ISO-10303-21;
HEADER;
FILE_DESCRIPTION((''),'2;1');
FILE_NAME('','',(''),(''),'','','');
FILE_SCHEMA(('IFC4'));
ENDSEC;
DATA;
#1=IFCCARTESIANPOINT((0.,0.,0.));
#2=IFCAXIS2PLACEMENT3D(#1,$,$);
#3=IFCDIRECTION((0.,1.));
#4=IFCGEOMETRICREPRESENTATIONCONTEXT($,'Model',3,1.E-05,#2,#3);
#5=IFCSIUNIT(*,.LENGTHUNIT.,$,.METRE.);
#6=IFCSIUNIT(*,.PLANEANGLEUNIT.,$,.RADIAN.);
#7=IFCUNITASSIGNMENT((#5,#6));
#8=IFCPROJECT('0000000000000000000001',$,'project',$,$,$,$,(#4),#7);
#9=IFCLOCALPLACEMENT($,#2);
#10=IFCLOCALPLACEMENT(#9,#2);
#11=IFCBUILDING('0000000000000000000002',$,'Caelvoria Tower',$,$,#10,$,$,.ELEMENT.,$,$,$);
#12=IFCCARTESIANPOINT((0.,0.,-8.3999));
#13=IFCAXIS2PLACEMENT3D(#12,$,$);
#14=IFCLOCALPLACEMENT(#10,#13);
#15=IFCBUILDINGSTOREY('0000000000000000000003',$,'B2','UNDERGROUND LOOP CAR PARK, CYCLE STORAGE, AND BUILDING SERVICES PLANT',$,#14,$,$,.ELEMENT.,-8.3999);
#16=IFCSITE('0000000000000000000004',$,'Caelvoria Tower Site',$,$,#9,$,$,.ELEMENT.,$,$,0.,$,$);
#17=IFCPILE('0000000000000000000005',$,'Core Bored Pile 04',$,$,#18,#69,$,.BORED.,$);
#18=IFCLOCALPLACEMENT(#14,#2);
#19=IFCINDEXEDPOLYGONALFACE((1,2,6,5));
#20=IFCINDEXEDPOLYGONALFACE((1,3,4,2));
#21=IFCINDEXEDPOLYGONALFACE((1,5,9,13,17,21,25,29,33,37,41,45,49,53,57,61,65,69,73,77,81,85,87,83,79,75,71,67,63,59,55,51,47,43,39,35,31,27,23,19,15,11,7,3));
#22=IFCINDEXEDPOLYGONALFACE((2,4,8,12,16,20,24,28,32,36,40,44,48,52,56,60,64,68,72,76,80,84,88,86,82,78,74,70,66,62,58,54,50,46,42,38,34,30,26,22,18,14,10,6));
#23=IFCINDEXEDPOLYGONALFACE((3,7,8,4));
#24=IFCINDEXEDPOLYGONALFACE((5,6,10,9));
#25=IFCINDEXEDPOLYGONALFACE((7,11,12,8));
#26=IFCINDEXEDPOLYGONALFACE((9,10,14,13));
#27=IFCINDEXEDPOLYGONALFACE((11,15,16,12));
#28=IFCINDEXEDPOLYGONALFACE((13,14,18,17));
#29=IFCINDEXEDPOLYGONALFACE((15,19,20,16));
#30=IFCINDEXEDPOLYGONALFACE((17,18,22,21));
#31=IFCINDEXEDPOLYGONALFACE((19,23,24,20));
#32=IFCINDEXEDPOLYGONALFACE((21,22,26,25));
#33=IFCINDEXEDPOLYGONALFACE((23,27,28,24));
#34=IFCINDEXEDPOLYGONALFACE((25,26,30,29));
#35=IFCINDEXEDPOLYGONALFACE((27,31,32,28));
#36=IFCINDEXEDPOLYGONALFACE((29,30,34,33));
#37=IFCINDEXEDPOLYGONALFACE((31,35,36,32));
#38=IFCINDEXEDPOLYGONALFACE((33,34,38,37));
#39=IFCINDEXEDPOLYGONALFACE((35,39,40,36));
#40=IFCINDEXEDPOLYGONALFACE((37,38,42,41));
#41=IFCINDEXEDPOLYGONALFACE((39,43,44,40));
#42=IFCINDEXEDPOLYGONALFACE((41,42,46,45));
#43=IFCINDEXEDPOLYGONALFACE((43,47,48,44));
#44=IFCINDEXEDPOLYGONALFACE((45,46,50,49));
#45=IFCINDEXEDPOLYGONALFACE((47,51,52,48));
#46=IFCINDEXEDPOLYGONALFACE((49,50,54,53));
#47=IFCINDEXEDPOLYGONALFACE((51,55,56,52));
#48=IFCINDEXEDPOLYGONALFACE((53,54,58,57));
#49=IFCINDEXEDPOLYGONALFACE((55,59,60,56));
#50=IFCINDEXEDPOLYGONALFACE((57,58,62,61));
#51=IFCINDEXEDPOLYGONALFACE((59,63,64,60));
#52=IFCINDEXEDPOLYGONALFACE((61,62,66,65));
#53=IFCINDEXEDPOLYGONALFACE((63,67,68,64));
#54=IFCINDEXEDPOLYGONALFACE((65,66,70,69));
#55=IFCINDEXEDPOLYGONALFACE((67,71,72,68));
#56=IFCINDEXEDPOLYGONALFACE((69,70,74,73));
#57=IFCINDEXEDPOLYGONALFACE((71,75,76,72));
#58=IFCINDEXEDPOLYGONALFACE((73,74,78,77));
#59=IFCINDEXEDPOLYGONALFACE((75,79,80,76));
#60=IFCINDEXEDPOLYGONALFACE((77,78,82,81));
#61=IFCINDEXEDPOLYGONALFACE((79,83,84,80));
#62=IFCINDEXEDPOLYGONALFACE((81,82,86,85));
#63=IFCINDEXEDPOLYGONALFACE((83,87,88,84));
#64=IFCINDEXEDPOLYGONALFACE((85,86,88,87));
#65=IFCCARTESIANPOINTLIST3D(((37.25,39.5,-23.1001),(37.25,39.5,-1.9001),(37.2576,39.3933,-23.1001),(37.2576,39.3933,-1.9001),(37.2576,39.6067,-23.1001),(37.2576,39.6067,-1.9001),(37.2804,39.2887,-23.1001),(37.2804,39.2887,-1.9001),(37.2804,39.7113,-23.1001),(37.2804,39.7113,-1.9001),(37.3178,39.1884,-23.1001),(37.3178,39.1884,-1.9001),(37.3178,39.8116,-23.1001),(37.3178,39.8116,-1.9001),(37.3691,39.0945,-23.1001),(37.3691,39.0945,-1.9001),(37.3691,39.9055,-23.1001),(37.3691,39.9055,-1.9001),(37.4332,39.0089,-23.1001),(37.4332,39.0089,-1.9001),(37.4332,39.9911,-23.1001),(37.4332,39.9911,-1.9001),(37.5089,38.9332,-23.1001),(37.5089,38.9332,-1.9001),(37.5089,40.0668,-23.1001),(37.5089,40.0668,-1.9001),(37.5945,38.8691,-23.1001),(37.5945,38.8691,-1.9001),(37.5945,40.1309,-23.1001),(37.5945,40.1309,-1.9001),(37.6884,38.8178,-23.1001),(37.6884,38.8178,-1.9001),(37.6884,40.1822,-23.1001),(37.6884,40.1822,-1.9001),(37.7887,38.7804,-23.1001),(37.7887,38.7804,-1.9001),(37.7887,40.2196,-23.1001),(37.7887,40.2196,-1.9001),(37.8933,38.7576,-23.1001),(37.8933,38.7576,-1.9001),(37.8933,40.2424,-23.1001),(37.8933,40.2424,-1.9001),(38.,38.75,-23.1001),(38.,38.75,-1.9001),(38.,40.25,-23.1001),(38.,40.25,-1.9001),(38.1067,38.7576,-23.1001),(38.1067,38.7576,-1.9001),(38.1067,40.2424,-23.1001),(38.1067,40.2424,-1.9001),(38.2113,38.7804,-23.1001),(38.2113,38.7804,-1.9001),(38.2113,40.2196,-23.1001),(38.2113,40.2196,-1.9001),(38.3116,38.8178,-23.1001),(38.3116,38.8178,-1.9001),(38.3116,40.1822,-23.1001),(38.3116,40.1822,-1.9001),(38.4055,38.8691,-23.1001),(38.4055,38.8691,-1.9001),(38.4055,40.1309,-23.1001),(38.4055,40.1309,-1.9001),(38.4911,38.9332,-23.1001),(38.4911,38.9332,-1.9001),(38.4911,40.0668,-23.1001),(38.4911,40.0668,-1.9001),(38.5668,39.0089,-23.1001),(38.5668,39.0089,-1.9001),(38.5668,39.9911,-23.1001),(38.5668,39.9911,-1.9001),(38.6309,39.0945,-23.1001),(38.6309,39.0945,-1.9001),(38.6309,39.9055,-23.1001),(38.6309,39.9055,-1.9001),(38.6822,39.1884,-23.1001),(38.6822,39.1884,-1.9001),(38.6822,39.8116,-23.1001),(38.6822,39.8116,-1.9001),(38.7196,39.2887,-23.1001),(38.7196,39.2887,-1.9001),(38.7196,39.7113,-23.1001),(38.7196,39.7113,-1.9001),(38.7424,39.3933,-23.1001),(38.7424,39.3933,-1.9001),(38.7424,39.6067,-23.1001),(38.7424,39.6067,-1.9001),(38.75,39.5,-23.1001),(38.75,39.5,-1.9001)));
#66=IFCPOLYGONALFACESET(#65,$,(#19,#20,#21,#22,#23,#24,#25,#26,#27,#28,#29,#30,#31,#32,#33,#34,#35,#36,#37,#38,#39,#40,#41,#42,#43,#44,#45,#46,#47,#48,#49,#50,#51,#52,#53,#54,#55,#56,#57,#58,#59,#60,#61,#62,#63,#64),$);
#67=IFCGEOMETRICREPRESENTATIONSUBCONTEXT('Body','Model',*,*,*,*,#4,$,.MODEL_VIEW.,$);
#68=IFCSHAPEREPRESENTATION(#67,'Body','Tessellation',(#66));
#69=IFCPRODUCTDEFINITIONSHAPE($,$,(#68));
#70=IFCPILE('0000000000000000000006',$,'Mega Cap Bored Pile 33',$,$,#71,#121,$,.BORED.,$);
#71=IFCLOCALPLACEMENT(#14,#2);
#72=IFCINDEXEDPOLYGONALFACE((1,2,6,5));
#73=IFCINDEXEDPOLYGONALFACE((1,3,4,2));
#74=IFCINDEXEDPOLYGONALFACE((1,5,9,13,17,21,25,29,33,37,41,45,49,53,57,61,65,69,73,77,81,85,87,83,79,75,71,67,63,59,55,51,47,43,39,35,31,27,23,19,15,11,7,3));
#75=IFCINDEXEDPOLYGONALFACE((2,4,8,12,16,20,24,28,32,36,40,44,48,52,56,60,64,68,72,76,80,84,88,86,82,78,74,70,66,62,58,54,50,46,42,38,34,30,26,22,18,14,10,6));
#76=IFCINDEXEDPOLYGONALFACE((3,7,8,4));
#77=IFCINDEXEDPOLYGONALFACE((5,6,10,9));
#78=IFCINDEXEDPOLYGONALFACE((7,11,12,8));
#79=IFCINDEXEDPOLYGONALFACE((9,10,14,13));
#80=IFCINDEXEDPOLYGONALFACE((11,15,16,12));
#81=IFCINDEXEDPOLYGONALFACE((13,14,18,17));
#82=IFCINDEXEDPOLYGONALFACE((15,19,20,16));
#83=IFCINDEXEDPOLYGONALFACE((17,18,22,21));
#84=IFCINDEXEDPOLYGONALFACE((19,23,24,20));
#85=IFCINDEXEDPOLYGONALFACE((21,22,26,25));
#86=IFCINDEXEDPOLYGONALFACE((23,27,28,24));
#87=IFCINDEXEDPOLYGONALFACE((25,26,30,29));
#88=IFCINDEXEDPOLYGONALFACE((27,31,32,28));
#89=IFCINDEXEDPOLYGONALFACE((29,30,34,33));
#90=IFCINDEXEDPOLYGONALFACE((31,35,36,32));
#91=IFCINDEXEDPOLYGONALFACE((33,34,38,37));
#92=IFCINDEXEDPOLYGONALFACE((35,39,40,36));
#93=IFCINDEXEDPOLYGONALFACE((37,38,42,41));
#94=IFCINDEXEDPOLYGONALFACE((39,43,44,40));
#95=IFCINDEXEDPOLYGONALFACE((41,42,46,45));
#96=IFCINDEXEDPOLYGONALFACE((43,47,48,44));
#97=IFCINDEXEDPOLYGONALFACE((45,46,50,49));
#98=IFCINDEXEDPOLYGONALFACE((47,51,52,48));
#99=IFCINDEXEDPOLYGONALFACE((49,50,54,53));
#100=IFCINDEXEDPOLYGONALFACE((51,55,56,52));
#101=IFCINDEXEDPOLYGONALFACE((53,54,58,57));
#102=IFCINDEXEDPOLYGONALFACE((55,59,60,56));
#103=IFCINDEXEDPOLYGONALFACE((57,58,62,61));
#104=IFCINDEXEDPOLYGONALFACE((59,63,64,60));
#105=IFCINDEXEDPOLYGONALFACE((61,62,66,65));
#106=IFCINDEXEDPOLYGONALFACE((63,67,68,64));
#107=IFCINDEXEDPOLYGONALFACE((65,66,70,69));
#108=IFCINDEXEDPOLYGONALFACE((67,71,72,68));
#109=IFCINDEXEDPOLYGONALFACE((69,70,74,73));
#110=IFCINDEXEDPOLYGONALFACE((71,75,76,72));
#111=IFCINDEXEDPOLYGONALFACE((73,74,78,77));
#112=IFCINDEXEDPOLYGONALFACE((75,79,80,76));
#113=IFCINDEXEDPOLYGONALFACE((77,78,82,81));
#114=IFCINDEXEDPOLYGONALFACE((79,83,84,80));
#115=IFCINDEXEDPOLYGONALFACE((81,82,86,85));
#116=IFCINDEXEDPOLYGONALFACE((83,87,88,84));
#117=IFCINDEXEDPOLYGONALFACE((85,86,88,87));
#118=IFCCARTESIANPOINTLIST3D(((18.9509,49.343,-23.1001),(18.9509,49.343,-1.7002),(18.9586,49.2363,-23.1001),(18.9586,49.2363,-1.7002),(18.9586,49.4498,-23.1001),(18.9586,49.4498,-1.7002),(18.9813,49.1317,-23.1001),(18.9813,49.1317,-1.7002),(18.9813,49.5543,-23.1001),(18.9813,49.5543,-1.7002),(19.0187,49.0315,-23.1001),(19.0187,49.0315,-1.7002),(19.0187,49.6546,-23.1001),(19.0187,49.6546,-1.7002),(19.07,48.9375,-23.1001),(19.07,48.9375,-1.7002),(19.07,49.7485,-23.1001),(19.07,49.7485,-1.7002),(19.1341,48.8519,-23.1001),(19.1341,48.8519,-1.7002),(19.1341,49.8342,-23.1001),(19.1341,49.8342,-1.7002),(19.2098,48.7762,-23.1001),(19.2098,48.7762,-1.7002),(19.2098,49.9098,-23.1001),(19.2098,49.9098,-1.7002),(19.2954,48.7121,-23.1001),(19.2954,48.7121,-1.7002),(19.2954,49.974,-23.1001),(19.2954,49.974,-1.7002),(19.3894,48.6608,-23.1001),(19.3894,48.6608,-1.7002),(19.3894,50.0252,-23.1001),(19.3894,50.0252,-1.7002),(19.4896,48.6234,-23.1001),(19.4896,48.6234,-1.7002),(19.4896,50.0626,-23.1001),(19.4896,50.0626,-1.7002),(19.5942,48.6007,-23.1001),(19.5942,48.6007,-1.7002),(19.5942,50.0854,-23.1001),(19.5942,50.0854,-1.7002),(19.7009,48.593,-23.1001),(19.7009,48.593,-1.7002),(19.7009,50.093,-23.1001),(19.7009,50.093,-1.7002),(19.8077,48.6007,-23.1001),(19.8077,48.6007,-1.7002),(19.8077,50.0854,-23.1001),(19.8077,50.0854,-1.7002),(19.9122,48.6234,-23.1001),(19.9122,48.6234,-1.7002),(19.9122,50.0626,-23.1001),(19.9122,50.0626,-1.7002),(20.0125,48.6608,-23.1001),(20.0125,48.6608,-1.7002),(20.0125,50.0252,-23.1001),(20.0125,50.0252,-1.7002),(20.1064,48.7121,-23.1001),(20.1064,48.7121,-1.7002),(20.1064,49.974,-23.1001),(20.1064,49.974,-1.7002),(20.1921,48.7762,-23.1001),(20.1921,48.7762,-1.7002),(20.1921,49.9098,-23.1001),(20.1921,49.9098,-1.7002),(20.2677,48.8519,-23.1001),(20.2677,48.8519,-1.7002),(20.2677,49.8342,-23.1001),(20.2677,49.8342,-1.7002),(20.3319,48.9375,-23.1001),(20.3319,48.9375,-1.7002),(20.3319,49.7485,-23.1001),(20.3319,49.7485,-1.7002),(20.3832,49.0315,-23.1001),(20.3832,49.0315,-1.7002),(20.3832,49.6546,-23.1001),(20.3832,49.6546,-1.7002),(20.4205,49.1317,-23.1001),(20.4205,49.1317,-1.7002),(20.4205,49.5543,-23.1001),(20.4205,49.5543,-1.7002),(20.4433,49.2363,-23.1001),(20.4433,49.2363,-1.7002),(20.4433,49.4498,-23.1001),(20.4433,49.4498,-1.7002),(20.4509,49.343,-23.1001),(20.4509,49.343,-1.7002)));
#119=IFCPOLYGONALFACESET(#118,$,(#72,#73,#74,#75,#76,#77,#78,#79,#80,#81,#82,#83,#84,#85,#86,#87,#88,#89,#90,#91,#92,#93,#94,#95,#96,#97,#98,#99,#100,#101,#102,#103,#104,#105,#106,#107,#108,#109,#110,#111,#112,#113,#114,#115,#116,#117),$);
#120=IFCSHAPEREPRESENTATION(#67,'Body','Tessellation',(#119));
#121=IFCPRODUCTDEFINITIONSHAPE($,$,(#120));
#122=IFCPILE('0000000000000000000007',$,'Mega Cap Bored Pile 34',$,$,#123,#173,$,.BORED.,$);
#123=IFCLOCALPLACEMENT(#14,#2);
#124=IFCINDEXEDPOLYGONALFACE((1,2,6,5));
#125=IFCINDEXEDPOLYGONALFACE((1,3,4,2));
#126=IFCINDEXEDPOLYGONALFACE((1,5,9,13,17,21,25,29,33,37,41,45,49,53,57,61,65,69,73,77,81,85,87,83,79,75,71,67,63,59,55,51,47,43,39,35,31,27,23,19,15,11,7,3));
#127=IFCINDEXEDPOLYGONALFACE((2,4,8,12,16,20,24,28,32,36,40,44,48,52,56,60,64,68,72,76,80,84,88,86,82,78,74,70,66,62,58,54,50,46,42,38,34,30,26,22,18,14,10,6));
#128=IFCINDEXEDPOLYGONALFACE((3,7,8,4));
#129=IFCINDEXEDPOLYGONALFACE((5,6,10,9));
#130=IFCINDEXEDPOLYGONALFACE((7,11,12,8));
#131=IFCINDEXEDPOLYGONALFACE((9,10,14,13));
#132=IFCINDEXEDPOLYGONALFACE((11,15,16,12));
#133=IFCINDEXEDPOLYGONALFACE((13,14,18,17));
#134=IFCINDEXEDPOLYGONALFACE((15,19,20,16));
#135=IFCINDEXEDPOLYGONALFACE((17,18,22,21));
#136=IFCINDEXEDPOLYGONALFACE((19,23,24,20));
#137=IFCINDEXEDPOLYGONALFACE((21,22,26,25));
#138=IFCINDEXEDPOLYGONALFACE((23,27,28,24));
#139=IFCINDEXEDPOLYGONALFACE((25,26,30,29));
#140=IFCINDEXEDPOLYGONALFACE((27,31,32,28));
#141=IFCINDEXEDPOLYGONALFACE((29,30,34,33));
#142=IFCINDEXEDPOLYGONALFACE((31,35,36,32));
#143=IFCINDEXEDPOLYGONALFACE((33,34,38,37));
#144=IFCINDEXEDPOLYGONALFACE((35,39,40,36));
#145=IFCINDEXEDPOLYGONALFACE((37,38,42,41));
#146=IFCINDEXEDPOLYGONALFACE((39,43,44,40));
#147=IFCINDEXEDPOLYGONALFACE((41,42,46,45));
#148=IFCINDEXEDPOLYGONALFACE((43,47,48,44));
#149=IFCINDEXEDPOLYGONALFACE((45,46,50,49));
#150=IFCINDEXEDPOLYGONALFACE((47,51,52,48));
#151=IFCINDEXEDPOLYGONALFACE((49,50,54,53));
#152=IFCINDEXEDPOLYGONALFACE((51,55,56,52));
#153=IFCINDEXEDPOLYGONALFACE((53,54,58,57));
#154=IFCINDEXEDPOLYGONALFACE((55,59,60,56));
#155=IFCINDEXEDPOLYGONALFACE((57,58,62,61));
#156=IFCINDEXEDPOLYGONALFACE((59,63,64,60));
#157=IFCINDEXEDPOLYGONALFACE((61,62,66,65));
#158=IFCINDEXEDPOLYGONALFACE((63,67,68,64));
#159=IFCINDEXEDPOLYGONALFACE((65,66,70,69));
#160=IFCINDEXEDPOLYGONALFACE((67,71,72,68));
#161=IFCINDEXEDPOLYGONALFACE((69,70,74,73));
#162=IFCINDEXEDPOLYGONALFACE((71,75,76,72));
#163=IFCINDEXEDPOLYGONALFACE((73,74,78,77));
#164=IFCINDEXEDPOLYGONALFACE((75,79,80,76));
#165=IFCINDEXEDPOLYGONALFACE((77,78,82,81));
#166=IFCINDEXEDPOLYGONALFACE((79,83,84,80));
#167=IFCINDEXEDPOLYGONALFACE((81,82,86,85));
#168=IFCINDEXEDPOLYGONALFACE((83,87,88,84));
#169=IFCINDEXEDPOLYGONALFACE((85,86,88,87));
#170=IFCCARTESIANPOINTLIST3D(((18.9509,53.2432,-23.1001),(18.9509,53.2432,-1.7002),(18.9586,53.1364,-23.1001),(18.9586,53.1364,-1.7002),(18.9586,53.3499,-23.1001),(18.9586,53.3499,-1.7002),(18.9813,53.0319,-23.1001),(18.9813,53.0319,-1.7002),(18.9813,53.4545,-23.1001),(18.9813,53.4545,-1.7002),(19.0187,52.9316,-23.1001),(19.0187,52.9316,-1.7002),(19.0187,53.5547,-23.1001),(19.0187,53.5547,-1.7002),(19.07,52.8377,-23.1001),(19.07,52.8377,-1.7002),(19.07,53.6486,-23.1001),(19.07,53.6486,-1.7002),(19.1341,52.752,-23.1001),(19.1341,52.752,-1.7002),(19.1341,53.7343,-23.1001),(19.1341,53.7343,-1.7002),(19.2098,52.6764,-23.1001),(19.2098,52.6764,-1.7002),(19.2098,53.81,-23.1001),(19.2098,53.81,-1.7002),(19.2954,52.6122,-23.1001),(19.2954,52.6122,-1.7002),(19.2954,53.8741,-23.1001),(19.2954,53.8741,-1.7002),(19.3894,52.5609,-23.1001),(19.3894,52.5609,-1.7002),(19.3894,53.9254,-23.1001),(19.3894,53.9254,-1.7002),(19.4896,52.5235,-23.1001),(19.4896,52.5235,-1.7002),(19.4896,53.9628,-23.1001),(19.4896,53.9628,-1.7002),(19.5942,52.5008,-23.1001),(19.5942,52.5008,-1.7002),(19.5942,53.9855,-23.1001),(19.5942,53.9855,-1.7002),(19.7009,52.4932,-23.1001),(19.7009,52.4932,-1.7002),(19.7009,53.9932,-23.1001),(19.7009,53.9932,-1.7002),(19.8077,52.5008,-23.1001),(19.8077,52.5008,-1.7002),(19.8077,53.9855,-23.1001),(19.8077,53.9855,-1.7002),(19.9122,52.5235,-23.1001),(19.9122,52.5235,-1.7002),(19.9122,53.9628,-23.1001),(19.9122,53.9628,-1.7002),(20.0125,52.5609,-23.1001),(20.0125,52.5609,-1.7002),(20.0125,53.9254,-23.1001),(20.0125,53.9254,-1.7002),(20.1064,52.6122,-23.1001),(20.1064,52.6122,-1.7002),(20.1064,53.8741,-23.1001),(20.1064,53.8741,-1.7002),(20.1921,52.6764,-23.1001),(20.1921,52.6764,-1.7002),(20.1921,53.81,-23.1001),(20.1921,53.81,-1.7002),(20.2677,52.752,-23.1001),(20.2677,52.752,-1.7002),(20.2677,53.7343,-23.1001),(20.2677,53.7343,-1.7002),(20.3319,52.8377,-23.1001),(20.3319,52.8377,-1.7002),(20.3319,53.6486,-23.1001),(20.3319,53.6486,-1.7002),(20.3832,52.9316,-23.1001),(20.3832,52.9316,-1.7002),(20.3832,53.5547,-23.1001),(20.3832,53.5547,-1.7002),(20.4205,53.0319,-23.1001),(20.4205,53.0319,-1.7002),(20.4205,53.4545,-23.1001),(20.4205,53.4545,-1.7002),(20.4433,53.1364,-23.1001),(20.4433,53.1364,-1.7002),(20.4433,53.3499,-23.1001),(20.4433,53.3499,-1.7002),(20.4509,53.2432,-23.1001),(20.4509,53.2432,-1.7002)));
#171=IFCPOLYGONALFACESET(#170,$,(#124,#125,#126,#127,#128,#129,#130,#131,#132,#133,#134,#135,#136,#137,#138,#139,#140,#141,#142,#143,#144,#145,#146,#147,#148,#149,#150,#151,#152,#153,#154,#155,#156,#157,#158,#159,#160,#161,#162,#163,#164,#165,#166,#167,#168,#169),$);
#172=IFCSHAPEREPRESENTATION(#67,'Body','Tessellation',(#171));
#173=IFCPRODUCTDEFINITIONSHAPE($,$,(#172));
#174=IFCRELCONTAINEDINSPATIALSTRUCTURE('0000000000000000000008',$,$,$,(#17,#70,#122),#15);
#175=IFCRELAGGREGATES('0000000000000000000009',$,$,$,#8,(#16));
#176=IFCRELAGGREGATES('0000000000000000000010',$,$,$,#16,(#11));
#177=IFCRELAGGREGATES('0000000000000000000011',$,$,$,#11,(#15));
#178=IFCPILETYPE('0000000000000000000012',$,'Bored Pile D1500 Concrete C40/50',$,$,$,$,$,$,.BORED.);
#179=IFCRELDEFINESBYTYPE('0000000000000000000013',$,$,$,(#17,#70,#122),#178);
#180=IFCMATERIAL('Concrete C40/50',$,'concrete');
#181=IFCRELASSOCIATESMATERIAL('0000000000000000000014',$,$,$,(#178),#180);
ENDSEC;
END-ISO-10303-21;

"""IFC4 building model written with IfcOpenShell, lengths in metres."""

from ifc_helpers import new_model, si_unit, direction, frame, origin, origin_2d, place, context, subcontext, project, spatial, circle, extrude, material, material_profile, profile_set, type_object, element, save


model = new_model("IFC4")

# Units and contexts
model_context = context("Model", 3, precision=1e-05, world=origin(), true_north=direction((0.0, 1.0)))
body_context = subcontext(model_context, "Body", "Model", "MODEL_VIEW")
ifc_project = project(units=[si_unit("LENGTHUNIT", "METRE"), si_unit("PLANEANGLEUNIT", "RADIAN")], contexts=[model_context])

# Site, building, storey
site_placement = place(None, origin())
site = spatial("IfcSite", under=ifc_project, at=site_placement, Name="Caelvoria Tower Site", CompositionType="ELEMENT", RefElevation=0.0)
building_placement = place(site_placement, origin())
building = spatial("IfcBuilding", under=site, at=building_placement, Name="Caelvoria Tower", CompositionType="ELEMENT")
storey_placement = place(building_placement, frame((0.0, 0.0, -8.3999)))
storey = spatial("IfcBuildingStorey", under=building, at=storey_placement, Name="B2", Description="UNDERGROUND LOOP CAR PARK, CYCLE STORAGE, AND BUILDING SERVICES PLANT", CompositionType="ELEMENT", Elevation=-8.3999)

# Piles
ifc_material_1 = material(Name="Concrete C40/50", Category="concrete")
ifc_material_profile_1 = material_profile(ifc_material_1, circle(Radius=0.75, at=origin_2d()), Name="Concrete C40/50")
ifc_profile_set_1 = profile_set([ifc_material_profile_1], Name="PILE_D1500 - Concrete C40/50")
pile_type_1 = type_object("IfcPileType", Name="Bored Pile D1500 Concrete C40/50", PredefinedType="BORED", material=ifc_profile_set_1)
pile_placement = place(storey_placement, frame((38.0, 39.5, -1.9001), z_axis=(0.0, 0.0, -1.0), x_axis=(1.0, 0.0, 0.0)))
element("IfcPile", 1, at=pile_placement, inside=storey, type_object=pile_type_1, Name="Core Bored Pile 04", PredefinedType="BORED", context=body_context, shape_type="SweptSolid", body=[
    extrude(circle(Radius=0.75, at=origin_2d()), origin(), (0.0, 0.0, 1.0), 21.2),
])
for number, where, z_axis, x_axis, name in (
    (2, (19.7009, 49.343, -1.7002), (0.0, 0.0, -1.0), (1.0, 0.0, 0.0), "Mega Cap Bored Pile 33"),
    (3, (19.7009, 53.2432, -1.7002), (0.0, 0.0, -1.0), (1.0, 0.0, 0.0), "Mega Cap Bored Pile 34"),
):
    element("IfcPile", number, at=place(storey_placement, frame(where, z_axis=z_axis, x_axis=x_axis)), inside=storey, type_object=pile_type_1, Name=name, PredefinedType="BORED", context=body_context, shape_type="SweptSolid", body=[
        extrude(circle(Radius=0.75, at=origin_2d()), origin(), (0.0, 0.0, 1.0), 21.3999),
    ])

save(model, "model.ifc")
